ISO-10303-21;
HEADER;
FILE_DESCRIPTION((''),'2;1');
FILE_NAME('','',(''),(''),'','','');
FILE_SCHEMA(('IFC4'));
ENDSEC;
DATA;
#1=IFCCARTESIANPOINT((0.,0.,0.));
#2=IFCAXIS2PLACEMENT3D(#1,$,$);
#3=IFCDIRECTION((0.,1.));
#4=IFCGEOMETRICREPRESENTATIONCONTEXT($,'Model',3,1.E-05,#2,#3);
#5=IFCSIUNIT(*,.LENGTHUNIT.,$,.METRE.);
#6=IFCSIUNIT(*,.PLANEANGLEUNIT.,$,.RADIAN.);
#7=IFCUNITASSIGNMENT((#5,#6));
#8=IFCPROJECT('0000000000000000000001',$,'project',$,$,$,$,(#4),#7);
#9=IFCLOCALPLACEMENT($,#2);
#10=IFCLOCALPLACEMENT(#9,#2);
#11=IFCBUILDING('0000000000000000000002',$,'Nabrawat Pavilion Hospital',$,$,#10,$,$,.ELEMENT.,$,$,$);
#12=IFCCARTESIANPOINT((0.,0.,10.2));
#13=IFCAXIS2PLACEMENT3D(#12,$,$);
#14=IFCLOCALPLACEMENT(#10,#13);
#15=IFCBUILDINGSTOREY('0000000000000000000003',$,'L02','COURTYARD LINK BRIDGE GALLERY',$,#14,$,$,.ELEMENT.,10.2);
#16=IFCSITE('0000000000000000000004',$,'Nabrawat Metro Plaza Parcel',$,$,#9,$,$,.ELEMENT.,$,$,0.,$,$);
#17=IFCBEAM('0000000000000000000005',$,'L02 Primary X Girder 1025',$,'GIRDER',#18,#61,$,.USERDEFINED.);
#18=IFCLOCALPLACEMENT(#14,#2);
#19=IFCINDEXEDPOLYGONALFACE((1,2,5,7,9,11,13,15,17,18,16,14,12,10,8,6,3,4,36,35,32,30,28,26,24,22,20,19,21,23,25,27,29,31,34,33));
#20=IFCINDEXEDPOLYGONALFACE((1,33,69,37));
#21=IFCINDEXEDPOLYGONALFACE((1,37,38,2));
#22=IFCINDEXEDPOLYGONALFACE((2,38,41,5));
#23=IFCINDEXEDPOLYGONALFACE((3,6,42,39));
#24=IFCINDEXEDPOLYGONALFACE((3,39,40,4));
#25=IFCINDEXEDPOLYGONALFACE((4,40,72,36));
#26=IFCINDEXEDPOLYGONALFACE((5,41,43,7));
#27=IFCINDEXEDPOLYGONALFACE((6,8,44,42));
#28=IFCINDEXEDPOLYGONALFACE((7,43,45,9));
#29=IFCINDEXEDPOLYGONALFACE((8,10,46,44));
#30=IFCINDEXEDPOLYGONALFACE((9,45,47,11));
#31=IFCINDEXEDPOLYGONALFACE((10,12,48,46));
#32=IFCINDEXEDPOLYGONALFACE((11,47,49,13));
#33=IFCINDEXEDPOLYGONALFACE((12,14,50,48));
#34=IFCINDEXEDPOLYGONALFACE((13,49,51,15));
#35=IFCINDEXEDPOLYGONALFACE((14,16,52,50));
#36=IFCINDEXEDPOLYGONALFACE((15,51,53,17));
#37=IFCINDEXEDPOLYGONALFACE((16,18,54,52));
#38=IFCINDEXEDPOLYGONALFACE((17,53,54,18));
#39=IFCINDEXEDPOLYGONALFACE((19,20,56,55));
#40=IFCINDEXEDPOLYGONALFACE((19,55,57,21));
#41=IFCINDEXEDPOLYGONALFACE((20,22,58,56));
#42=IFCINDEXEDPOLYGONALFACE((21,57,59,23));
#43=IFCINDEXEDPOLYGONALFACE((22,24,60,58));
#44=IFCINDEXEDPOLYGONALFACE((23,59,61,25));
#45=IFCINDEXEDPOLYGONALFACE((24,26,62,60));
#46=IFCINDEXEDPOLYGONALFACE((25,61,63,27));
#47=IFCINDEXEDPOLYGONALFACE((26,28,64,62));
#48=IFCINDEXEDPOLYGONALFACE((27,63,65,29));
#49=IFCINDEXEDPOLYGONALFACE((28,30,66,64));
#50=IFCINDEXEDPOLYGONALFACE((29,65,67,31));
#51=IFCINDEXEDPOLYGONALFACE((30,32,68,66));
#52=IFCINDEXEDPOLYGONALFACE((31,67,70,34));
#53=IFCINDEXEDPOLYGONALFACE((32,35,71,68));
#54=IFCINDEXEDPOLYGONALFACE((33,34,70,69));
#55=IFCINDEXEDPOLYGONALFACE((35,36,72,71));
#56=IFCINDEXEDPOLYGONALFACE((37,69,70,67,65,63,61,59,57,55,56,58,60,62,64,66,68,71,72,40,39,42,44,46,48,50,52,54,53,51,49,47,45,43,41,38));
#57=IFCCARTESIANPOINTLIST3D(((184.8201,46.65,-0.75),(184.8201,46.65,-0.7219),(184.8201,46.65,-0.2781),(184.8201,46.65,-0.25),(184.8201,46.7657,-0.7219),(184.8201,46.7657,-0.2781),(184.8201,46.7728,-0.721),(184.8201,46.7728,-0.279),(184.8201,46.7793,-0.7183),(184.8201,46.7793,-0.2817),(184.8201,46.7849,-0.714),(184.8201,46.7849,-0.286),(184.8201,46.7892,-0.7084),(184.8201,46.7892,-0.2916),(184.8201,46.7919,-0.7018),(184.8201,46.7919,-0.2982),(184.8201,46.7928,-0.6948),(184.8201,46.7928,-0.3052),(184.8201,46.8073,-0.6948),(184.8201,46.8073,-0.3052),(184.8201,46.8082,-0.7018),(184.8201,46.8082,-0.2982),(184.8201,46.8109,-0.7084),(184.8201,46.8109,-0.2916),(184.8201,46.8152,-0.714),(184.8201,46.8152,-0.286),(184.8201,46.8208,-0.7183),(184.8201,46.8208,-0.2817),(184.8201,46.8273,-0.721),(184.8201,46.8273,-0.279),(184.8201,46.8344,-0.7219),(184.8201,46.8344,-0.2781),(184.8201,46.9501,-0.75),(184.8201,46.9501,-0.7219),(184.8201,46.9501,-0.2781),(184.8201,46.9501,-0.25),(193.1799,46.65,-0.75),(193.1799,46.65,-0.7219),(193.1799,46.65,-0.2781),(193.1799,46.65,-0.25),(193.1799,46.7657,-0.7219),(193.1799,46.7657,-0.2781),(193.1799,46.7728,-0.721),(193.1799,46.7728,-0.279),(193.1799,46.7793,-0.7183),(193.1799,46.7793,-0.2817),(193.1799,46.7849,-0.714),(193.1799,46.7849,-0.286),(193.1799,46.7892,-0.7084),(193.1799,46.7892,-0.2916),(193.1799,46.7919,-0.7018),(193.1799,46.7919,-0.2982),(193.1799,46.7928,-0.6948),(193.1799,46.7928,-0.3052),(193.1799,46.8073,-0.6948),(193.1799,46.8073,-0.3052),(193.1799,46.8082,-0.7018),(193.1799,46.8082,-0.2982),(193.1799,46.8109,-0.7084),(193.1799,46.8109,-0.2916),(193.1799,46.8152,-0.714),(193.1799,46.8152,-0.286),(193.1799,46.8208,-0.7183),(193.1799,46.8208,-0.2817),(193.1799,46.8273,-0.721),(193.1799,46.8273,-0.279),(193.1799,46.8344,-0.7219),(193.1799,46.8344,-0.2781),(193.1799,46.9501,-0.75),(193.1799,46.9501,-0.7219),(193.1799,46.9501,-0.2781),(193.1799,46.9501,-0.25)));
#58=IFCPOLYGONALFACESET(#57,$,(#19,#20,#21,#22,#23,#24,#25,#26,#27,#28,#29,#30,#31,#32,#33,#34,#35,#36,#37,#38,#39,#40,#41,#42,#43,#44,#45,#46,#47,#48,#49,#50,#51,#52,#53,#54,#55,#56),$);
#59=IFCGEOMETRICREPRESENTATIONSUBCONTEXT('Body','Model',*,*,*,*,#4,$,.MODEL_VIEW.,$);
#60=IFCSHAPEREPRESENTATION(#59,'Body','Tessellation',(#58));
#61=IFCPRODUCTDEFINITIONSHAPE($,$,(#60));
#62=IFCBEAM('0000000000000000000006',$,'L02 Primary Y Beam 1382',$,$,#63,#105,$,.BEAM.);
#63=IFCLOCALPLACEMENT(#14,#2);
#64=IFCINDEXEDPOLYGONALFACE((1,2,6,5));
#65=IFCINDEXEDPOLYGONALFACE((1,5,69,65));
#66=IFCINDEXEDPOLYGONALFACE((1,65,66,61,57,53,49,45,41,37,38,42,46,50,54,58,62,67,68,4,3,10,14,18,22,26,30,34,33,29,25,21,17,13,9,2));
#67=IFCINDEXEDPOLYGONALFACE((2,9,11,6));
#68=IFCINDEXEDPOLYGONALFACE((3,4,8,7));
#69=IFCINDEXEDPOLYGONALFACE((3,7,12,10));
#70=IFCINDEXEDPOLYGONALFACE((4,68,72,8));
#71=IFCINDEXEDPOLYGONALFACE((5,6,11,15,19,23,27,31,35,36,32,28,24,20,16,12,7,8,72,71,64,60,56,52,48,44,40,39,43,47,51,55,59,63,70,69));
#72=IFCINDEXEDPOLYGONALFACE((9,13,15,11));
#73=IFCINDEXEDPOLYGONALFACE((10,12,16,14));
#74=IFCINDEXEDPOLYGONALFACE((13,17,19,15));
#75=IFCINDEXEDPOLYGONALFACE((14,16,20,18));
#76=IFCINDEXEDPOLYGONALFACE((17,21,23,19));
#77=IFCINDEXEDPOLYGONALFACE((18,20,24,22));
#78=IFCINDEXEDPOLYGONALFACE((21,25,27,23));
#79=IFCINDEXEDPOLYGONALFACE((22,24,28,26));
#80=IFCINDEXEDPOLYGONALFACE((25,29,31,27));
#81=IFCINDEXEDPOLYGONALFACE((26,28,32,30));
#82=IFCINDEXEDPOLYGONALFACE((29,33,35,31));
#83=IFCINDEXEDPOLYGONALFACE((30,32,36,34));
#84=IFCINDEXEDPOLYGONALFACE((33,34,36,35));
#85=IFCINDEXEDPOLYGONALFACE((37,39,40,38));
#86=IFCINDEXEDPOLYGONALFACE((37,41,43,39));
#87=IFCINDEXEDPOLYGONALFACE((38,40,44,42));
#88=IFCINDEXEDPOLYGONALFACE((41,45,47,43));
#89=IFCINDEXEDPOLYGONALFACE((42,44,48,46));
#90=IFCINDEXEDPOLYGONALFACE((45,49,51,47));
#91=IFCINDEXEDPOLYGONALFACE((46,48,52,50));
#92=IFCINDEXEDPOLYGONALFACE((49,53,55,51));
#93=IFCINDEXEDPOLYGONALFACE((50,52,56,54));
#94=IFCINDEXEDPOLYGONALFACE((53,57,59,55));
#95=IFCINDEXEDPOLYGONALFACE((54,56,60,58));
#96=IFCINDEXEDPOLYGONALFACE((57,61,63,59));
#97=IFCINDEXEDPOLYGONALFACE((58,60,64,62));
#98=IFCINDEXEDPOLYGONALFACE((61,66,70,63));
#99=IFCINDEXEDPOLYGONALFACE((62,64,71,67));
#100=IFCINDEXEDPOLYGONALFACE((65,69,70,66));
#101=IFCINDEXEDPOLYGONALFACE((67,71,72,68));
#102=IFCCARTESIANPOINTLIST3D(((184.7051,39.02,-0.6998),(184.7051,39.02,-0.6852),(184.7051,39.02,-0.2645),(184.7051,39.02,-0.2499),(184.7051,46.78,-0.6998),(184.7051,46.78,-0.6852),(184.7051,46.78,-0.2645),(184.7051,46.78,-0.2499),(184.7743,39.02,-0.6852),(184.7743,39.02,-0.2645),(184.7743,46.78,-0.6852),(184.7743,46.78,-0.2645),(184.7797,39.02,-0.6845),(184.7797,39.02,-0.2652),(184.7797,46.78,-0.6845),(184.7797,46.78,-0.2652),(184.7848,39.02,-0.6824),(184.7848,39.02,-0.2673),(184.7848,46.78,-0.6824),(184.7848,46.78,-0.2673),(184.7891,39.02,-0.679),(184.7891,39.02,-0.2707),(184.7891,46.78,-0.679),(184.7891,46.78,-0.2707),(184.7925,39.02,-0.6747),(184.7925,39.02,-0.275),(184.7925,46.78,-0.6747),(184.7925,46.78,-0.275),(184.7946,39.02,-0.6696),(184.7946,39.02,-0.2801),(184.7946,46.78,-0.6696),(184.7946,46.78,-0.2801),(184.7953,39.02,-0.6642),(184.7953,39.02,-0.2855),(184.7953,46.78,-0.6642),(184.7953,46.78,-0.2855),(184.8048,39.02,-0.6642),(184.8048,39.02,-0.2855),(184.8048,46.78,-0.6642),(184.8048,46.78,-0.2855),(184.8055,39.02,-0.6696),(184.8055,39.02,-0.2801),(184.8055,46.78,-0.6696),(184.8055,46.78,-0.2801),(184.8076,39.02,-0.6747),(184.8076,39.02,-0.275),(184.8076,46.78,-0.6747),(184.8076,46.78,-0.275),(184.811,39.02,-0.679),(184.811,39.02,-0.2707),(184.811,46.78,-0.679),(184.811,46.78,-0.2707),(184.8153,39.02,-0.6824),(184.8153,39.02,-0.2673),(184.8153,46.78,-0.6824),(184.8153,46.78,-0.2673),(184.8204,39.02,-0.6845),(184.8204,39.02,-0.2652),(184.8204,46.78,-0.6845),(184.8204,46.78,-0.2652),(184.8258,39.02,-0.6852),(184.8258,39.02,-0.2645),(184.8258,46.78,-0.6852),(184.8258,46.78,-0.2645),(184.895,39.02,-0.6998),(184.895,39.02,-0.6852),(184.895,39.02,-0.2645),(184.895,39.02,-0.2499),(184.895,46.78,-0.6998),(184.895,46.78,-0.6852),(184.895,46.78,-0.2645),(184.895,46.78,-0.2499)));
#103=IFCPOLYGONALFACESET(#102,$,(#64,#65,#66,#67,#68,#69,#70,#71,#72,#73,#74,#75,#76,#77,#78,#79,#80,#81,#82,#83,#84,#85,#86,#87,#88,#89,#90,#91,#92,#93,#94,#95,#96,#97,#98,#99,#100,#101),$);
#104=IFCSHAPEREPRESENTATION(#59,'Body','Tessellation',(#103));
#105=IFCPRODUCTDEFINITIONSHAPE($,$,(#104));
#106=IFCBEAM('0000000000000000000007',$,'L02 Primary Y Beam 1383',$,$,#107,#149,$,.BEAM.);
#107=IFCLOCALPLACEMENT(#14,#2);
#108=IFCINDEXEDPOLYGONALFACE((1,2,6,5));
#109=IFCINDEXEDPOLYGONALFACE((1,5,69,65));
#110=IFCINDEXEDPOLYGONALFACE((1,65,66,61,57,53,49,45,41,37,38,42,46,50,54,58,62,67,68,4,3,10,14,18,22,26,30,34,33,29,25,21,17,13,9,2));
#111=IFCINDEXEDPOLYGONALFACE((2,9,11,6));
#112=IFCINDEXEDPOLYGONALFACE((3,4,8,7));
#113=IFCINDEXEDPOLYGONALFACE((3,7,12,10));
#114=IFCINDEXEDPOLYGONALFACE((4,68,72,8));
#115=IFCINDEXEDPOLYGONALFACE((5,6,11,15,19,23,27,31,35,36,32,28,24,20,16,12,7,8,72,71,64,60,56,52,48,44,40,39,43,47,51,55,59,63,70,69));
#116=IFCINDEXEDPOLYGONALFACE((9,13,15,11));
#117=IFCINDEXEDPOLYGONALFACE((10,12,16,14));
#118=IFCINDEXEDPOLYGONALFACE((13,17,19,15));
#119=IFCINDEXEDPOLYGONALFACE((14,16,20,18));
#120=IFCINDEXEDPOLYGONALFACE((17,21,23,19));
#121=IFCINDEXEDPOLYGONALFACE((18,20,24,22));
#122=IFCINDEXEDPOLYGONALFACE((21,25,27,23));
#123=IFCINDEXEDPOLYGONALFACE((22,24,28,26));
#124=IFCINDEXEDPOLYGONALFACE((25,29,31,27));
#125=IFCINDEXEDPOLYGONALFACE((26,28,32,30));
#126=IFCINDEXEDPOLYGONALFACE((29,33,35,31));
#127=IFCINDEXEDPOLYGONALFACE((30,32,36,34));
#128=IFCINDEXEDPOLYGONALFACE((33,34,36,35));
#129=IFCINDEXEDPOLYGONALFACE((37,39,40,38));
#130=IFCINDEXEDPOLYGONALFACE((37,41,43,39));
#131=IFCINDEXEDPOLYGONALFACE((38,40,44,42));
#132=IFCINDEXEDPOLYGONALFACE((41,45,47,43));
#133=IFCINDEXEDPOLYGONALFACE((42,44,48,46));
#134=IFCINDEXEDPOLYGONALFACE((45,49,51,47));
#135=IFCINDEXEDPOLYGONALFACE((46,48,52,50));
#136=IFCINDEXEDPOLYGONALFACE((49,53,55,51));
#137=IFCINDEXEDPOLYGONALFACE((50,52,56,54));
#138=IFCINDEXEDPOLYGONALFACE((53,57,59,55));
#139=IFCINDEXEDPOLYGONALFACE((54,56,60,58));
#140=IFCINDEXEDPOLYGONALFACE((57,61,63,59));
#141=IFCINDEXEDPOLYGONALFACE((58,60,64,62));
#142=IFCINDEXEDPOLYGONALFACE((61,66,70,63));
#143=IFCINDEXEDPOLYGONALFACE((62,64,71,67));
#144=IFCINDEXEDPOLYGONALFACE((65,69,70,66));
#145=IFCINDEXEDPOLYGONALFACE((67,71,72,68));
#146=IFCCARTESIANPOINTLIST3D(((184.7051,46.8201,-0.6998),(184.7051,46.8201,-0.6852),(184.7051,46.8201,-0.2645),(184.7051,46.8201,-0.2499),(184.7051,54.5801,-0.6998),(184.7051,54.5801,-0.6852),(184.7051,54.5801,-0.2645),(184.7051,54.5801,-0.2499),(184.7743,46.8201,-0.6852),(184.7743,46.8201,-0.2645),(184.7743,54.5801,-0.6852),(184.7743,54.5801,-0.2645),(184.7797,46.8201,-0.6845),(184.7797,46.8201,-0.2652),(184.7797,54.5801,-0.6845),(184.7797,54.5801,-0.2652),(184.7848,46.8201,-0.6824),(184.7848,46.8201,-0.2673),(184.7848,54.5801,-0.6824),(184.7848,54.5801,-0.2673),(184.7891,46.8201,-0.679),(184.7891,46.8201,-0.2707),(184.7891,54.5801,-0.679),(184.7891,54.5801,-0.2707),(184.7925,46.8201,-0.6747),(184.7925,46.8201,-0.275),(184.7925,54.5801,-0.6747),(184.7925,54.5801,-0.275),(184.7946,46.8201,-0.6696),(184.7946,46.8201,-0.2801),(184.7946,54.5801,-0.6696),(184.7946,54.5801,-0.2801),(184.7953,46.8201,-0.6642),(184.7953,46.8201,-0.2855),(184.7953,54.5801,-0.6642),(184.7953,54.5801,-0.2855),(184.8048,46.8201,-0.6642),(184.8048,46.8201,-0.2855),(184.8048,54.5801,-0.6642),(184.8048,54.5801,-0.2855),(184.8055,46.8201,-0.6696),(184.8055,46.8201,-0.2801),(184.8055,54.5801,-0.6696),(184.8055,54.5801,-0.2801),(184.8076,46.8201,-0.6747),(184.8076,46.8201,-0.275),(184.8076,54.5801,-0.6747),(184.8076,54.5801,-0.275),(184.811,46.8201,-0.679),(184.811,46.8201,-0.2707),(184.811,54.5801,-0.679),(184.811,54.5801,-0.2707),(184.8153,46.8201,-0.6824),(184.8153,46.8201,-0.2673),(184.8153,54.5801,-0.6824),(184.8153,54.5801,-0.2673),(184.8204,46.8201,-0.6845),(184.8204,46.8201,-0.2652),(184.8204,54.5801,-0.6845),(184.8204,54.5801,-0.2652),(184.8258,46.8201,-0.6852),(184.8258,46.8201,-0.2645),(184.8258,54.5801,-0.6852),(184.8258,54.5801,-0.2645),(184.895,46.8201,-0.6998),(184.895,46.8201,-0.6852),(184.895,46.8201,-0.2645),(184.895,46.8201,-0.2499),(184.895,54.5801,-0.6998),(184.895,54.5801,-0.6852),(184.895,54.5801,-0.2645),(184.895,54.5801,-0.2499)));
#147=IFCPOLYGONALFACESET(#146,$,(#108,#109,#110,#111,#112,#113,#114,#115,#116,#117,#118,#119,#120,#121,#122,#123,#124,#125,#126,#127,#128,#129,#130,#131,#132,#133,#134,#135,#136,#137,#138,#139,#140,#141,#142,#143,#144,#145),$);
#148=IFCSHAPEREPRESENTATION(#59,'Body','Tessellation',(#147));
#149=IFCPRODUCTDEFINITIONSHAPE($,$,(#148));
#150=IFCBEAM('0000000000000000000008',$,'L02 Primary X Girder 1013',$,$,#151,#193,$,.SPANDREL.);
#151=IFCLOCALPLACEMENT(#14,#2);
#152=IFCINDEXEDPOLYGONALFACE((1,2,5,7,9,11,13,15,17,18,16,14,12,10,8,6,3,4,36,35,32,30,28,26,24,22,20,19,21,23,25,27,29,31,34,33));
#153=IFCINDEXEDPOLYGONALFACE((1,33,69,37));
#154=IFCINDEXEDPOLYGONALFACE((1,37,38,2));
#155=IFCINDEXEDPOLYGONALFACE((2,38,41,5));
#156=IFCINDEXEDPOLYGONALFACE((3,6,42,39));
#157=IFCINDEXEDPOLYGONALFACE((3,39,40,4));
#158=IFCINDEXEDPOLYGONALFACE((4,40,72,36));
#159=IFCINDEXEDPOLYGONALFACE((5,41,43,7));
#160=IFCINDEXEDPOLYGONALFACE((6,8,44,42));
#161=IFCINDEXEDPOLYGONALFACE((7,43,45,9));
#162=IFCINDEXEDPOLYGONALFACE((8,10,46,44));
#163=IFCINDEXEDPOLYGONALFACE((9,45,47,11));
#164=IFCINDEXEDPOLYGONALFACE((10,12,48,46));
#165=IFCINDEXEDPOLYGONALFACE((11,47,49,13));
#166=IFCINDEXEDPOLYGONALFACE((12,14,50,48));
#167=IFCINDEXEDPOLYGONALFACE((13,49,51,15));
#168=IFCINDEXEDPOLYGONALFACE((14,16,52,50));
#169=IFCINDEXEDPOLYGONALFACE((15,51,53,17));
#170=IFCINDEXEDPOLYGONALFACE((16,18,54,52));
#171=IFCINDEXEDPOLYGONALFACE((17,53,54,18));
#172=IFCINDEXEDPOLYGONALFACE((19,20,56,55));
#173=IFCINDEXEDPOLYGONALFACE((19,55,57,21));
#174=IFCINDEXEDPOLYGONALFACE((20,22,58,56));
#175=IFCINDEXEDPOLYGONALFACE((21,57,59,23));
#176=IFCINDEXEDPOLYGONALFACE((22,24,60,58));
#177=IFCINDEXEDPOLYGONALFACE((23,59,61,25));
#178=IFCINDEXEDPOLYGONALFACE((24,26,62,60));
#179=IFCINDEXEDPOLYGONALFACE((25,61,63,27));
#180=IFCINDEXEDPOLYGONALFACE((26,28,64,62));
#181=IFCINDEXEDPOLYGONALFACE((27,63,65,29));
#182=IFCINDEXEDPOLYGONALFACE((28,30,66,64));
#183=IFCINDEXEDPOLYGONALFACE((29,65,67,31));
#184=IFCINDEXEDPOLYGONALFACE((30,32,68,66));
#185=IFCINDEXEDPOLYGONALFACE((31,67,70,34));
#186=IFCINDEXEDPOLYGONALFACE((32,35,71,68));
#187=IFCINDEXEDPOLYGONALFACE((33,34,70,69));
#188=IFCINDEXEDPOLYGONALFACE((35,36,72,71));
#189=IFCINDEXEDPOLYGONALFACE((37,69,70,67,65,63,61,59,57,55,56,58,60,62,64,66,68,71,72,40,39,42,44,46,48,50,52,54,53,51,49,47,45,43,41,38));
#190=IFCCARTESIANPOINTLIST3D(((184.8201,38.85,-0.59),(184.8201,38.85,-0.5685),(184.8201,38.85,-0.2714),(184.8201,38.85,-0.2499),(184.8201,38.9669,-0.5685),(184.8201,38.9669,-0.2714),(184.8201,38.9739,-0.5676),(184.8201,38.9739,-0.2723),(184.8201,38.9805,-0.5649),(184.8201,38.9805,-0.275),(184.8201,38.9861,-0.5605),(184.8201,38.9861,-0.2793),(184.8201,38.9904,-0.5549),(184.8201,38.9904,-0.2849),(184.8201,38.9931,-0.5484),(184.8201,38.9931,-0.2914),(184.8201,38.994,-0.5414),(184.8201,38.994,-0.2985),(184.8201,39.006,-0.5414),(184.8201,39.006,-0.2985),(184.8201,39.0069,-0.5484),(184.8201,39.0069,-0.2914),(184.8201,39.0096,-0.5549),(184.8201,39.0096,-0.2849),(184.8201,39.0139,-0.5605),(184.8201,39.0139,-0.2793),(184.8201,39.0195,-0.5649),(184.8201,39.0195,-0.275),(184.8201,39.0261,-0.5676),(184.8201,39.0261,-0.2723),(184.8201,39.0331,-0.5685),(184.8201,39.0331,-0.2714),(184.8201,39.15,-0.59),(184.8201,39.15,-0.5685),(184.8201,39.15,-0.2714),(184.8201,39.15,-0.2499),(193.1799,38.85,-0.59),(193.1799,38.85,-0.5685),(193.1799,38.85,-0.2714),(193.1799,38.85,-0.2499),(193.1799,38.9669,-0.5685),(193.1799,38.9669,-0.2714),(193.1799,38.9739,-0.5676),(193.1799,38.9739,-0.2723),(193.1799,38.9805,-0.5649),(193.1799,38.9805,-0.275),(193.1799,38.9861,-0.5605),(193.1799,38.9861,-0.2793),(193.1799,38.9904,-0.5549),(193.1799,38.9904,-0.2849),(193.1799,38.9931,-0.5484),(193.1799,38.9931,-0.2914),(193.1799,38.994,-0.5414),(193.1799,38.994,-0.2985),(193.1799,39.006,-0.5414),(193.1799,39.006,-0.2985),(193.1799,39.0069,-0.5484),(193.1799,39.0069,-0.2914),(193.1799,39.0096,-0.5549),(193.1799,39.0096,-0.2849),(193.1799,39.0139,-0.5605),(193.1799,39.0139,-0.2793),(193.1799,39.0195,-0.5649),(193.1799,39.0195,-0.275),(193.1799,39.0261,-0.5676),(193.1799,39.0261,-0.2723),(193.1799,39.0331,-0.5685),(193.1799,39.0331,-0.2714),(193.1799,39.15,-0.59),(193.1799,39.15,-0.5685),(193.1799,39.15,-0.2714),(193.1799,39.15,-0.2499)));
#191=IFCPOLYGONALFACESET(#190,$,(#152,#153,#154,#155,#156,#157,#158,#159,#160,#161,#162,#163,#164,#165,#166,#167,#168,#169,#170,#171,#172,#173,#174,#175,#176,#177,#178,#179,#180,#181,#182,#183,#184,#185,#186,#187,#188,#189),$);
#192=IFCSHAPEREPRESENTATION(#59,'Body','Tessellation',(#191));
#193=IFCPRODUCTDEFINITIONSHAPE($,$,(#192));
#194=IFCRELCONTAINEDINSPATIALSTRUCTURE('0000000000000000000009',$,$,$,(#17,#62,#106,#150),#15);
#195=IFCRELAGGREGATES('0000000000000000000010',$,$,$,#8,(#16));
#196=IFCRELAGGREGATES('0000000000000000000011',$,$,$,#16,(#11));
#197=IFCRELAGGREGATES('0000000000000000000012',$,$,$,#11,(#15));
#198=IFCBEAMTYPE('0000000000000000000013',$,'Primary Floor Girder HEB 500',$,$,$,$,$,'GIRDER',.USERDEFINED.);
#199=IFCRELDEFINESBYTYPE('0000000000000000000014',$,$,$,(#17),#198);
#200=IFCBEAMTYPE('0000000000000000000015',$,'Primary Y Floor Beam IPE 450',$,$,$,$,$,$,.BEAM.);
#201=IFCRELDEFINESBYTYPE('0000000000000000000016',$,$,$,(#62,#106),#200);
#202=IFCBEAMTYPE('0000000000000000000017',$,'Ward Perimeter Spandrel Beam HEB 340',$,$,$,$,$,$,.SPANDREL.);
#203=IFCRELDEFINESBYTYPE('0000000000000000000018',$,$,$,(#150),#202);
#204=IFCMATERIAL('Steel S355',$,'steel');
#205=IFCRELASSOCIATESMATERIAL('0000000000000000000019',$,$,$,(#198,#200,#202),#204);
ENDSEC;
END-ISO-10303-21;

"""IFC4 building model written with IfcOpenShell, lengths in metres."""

from ifc_helpers import new_model, si_unit, direction, frame, origin, origin_2d, place, context, subcontext, project, spatial, i_section, extrude, material, material_profile, profile_set, type_object, element, save


model = new_model("IFC4")

# Units and contexts
model_context = context("Model", 3, precision=1e-05, world=origin(), true_north=direction((0.0, 1.0)))
body_context = subcontext(model_context, "Body", "Model", "MODEL_VIEW")
ifc_project = project(units=[si_unit("LENGTHUNIT", "METRE"), si_unit("PLANEANGLEUNIT", "RADIAN")], contexts=[model_context])

# Site, building, storey
site_placement = place(None, origin())
site = spatial("IfcSite", under=ifc_project, at=site_placement, Name="Nabrawat Metro Plaza Parcel", CompositionType="ELEMENT", RefElevation=0.0)
building_placement = place(site_placement, origin())
building = spatial("IfcBuilding", under=site, at=building_placement, Name="Nabrawat Pavilion Hospital", CompositionType="ELEMENT")
storey_placement = place(building_placement, frame((0.0, 0.0, 10.2)))
storey = spatial("IfcBuildingStorey", under=building, at=storey_placement, Name="L02", Description="COURTYARD LINK BRIDGE GALLERY", CompositionType="ELEMENT", Elevation=10.2)

# Shared definitions
ifc_material_1 = material(Name="Steel S355", Category="steel")

# Beams
ifc_material_profile_1 = material_profile(ifc_material_1, i_section(OverallWidth=0.3, OverallDepth=0.5, WebThickness=0.0144, FlangeThickness=0.0281, FilletRadius=0.0271, at=origin_2d()), Name="HEB 500")
ifc_profile_set_1 = profile_set([ifc_material_profile_1], Name="Steel S355")
beam_type_1 = type_object("IfcBeamType", Name="Primary Floor Girder HEB 500", ElementType="GIRDER", PredefinedType="USERDEFINED", material=ifc_profile_set_1)
beam_1_placement = place(storey_placement, frame((184.8201, 46.8, -0.5), z_axis=(1.0, 0.0, 0.0), x_axis=(0.0, 1.0, 0.0)))
element("IfcBeam", 1, at=beam_1_placement, inside=storey, type_object=beam_type_1, Name="L02 Primary X Girder 1025", ObjectType="GIRDER", PredefinedType="USERDEFINED", context=body_context, shape_type="SweptSolid", body=[
    extrude(i_section(OverallWidth=0.3, OverallDepth=0.5, WebThickness=0.0144, FlangeThickness=0.0281, FilletRadius=0.0271, at=origin_2d()), origin(), (0.0, 0.0, 1.0), 8.3599),
])
ifc_material_profile_2 = material_profile(ifc_material_1, i_section(OverallWidth=0.1899, OverallDepth=0.45, WebThickness=0.0095, FlangeThickness=0.0146, FilletRadius=0.021, at=origin_2d()), Name="IPE 450")
ifc_profile_set_2 = profile_set([ifc_material_profile_2], Name="Steel S355")
beam_type_2 = type_object("IfcBeamType", Name="Primary Y Floor Beam IPE 450", PredefinedType="BEAM", material=ifc_profile_set_2)
for number, where, z_axis, x_axis, name in (
    (2, (184.8, 39.02, -0.4749), (0.0, 1.0, 0.0), (-1.0, 0.0, 0.0), "L02 Primary Y Beam 1382"),
    (3, (184.8, 46.8201, -0.4749), (0.0, 1.0, 0.0), (-1.0, 0.0, 0.0), "L02 Primary Y Beam 1383"),
):
    element("IfcBeam", number, at=place(storey_placement, frame(where, z_axis=z_axis, x_axis=x_axis)), inside=storey, type_object=beam_type_2, Name=name, PredefinedType="BEAM", context=body_context, shape_type="SweptSolid", body=[
        extrude(i_section(OverallWidth=0.1899, OverallDepth=0.45, WebThickness=0.0095, FlangeThickness=0.0146, FilletRadius=0.021, at=origin_2d()), origin(), (0.0, 0.0, 1.0), 7.76),
    ])
ifc_material_profile_3 = material_profile(ifc_material_1, i_section(OverallWidth=0.3, OverallDepth=0.3401, WebThickness=0.012, FlangeThickness=0.0215, FilletRadius=0.0271, at=origin_2d()), Name="HEB 340")
ifc_profile_set_3 = profile_set([ifc_material_profile_3], Name="Steel S355")
beam_type_3 = type_object("IfcBeamType", Name="Ward Perimeter Spandrel Beam HEB 340", PredefinedType="SPANDREL", material=ifc_profile_set_3)
beam_2_placement = place(storey_placement, frame((184.8201, 39.0, -0.4199), z_axis=(1.0, 0.0, 0.0), x_axis=(0.0, 1.0, 0.0)))
element("IfcBeam", 4, at=beam_2_placement, inside=storey, type_object=beam_type_3, Name="L02 Primary X Girder 1013", PredefinedType="SPANDREL", context=body_context, shape_type="SweptSolid", body=[
    extrude(i_section(OverallWidth=0.3, OverallDepth=0.3401, WebThickness=0.012, FlangeThickness=0.0215, FilletRadius=0.0271, at=origin_2d()), origin(), (0.0, 0.0, 1.0), 8.3599),
])

save(model, "model.ifc")
